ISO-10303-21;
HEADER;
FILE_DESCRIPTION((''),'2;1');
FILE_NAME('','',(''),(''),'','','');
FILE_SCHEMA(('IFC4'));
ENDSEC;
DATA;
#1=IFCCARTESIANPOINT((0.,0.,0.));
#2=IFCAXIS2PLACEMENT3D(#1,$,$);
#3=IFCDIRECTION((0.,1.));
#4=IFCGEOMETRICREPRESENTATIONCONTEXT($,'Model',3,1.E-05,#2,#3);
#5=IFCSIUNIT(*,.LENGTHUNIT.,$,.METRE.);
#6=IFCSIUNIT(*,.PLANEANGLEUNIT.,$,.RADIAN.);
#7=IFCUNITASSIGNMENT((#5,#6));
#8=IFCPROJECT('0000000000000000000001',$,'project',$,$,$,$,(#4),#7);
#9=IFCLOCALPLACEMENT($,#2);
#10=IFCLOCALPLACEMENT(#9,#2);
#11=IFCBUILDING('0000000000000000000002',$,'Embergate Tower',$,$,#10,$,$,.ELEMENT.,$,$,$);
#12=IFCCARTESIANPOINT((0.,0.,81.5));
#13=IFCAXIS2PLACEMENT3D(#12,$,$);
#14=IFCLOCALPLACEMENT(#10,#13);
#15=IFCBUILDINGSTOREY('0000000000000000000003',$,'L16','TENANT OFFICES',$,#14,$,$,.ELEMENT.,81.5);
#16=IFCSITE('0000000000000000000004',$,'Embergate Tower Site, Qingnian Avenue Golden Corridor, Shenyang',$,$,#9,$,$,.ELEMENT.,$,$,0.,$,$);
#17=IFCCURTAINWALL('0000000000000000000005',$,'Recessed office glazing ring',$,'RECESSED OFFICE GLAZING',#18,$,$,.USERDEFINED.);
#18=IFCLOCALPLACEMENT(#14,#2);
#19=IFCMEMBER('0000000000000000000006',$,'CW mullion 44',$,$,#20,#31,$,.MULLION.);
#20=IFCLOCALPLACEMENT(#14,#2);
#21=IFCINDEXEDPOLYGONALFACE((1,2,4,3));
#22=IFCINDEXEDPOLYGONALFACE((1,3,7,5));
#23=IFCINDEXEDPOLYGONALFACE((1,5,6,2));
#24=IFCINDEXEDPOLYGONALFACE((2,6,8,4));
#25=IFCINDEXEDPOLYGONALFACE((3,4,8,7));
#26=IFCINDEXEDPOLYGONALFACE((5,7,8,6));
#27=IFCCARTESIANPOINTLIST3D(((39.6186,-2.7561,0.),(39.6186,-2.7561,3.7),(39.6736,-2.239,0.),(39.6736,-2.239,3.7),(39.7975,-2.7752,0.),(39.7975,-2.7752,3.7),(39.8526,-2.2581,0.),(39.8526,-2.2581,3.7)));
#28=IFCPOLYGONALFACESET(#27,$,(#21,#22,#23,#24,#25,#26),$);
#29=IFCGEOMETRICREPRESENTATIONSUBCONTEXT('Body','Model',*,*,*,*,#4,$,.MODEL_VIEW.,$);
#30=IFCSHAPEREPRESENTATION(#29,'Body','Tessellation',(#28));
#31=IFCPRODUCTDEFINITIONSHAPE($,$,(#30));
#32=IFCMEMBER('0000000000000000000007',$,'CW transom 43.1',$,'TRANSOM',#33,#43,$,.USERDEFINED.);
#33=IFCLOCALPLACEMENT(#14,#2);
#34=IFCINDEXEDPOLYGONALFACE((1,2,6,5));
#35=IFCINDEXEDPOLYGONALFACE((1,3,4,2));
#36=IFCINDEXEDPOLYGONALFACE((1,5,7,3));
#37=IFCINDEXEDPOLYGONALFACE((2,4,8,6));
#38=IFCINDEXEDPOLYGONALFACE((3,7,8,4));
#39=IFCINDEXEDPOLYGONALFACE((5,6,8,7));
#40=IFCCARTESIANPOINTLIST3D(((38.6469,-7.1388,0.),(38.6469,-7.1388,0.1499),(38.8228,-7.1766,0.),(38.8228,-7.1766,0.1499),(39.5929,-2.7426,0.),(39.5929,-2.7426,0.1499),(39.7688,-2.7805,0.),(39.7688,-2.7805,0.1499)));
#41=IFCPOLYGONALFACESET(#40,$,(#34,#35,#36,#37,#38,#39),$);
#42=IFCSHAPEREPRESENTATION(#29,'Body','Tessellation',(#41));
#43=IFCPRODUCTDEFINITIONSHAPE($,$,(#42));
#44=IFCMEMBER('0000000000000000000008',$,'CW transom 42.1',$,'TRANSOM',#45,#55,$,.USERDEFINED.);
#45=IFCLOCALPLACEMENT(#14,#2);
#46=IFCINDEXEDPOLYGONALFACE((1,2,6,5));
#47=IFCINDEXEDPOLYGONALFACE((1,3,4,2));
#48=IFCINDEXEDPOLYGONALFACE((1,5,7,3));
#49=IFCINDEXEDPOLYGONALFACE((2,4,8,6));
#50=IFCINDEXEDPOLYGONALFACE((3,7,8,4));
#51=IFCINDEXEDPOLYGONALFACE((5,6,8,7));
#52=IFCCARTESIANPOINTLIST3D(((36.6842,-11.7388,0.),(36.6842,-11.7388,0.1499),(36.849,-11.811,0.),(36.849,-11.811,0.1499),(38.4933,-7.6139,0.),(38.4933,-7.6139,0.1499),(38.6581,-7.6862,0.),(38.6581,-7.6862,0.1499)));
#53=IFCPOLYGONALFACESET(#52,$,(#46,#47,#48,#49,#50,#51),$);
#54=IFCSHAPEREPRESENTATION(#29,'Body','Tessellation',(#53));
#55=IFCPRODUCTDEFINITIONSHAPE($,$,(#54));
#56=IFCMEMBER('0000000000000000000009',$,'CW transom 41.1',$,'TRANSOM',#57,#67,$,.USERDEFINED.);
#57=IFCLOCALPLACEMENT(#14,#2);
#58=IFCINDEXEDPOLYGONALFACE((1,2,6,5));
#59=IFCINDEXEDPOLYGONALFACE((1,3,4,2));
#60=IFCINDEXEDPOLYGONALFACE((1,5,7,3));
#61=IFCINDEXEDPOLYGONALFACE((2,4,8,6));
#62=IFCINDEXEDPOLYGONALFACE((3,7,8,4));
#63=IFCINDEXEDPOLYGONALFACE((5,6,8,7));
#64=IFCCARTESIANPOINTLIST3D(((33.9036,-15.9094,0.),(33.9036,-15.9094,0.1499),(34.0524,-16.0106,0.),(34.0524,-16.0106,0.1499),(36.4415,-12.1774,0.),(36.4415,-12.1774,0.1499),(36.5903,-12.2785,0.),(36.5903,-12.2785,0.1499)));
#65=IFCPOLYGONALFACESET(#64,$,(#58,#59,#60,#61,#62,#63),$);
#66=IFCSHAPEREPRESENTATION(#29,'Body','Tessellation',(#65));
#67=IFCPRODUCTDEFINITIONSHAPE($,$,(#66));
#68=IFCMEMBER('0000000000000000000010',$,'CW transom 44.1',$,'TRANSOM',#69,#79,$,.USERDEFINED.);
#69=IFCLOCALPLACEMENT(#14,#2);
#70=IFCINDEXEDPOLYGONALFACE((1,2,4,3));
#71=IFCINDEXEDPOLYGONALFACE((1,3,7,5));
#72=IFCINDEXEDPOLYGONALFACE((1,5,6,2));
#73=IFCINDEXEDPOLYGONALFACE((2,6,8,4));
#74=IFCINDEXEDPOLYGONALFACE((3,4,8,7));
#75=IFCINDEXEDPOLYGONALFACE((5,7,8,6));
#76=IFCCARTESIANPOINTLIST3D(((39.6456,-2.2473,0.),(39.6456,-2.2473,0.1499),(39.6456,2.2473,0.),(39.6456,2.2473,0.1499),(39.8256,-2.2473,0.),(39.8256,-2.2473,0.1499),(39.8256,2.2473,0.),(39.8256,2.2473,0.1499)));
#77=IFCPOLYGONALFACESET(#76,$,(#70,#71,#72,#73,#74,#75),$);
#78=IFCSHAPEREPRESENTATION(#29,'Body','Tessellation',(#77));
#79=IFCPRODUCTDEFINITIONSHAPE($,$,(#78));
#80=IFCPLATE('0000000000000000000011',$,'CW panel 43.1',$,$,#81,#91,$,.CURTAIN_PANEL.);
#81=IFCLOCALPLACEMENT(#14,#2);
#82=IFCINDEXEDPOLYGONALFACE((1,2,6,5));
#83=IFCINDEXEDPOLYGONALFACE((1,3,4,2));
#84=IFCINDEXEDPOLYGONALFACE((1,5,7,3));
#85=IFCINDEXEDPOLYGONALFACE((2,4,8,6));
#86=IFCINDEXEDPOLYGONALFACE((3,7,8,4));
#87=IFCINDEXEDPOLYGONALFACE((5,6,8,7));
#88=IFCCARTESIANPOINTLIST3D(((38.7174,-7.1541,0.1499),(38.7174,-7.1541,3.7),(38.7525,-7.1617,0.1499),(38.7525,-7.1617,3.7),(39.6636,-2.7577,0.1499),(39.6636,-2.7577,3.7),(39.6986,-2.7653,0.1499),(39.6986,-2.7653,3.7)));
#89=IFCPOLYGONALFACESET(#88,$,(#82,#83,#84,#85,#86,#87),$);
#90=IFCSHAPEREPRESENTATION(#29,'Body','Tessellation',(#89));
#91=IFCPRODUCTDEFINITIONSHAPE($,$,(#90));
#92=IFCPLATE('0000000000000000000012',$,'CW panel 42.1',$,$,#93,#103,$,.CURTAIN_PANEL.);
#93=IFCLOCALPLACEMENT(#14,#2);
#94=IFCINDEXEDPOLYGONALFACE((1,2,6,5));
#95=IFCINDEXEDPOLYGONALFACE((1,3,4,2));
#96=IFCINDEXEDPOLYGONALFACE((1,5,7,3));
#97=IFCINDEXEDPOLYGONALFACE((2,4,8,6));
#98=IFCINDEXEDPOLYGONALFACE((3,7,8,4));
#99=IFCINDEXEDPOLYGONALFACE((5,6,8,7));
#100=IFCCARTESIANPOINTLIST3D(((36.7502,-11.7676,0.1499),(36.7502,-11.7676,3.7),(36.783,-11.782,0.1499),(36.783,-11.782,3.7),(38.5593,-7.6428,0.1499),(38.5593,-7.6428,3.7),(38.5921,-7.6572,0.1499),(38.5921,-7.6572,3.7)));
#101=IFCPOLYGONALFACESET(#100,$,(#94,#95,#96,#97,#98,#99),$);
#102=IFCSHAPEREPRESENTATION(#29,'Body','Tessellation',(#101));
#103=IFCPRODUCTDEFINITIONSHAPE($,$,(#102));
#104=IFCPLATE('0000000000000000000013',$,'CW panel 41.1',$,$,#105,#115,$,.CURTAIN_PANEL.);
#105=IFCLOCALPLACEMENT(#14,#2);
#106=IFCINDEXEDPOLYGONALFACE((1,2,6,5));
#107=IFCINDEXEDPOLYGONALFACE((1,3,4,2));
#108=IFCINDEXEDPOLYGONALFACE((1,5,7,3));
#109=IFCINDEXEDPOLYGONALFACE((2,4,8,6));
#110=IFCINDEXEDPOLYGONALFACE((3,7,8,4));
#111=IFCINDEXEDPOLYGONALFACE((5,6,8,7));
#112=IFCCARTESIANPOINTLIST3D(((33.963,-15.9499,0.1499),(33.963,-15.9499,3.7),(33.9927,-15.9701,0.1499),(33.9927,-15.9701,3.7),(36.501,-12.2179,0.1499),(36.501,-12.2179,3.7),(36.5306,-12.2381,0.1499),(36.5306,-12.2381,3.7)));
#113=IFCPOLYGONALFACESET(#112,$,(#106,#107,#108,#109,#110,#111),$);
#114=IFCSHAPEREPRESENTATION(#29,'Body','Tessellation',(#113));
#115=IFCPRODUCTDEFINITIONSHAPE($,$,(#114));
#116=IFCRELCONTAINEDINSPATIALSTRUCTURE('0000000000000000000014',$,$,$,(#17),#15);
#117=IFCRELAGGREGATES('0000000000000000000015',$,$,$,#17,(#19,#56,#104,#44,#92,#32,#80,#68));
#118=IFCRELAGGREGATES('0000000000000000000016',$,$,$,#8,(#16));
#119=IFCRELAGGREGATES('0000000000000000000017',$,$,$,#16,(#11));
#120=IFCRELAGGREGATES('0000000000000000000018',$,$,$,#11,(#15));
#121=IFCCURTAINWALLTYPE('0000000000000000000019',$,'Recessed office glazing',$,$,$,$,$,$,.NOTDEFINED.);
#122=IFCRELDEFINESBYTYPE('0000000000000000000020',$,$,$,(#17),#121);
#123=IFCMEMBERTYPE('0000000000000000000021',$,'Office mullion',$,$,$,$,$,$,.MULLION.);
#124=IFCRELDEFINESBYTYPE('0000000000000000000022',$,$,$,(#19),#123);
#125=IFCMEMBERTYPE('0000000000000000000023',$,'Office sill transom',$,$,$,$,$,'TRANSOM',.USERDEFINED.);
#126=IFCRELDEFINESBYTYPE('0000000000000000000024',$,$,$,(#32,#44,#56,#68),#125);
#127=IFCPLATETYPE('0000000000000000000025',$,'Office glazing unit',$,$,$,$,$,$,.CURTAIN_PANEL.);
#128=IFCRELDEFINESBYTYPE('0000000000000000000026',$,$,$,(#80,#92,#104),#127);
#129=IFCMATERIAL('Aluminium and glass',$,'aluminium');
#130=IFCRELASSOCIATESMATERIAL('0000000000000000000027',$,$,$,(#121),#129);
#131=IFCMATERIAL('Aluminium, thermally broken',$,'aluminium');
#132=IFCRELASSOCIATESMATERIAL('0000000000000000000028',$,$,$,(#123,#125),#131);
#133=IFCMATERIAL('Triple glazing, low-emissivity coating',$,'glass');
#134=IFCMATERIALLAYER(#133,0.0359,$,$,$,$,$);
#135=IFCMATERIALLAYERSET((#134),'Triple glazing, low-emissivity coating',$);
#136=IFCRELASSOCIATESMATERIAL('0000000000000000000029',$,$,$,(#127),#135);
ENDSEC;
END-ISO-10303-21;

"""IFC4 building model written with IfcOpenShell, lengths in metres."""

from ifc_helpers import new_model, si_unit, direction, frame, origin, origin_2d, place, context, subcontext, project, spatial, rectangle, extrude, source, transform, mapped, material, layer, layer_set, material_profile, profile_set, type_object, element, aggregate, save


model = new_model("IFC4")

# Units and contexts
model_context = context("Model", 3, precision=1e-05, world=origin(), true_north=direction((0.0, 1.0)))
body_context = subcontext(model_context, "Body", "Model", "MODEL_VIEW")
ifc_project = project(units=[si_unit("LENGTHUNIT", "METRE"), si_unit("PLANEANGLEUNIT", "RADIAN")], contexts=[model_context])

# Site, building, storey
site_placement = place(None, origin())
site = spatial("IfcSite", under=ifc_project, at=site_placement, Name="Embergate Tower Site, Qingnian Avenue Golden Corridor, Shenyang", CompositionType="ELEMENT", RefElevation=0.0)
building_placement = place(site_placement, origin())
building = spatial("IfcBuilding", under=site, at=building_placement, Name="Embergate Tower", CompositionType="ELEMENT")
storey_placement = place(building_placement, frame((0.0, 0.0, 81.5)))
storey = spatial("IfcBuildingStorey", under=building, at=storey_placement, Name="L16", Description="TENANT OFFICES", CompositionType="ELEMENT", Elevation=81.5)

# Curtain wall, members, plates
ifc_material_1 = material(Name="Aluminium and glass", Category="aluminium")
curtain_wall_type = type_object("IfcCurtainWallType", Name="Recessed office glazing", PredefinedType="NOTDEFINED", material=ifc_material_1)
curtain_wall_placement = place(storey_placement, origin())
curtain_wall = element("IfcCurtainWall", 1, at=curtain_wall_placement, inside=storey, type_object=curtain_wall_type, Name="Recessed office glazing ring", ObjectType="RECESSED OFFICE GLAZING", PredefinedType="USERDEFINED")
ifc_material_2 = material(Name="Aluminium, thermally broken", Category="aluminium")
ifc_material_profile_1 = material_profile(ifc_material_2, rectangle(XDim=0.1799, YDim=0.52, at=origin_2d()), Name="AL 520x180")
ifc_profile_set_1 = profile_set([ifc_material_profile_1], Name="Aluminium, thermally broken")
member_type_1 = type_object("IfcMemberType", Name="Office mullion", PredefinedType="MULLION", material=ifc_profile_set_1)
shared_shape_1 = source(origin(), body_context, "Body", "SweptSolid", [
    extrude(rectangle(XDim=0.1799, YDim=0.52, at=origin_2d()), origin(), (0.0, 0.0, 1.0), 3.7),
])
member_1_placement = place(storey_placement, frame((39.7356, -2.5071, 0.0), z_axis=(0.0, 0.0, 1.0), x_axis=(-0.994385, 0.105822, 0.0)))
member_1 = element("IfcMember", 2, at=member_1_placement, type_object=member_type_1, Name="CW mullion 44", PredefinedType="MULLION", context=body_context, shape_type="MappedRepresentation", body=[
    mapped(shared_shape_1, transform((0.0, 0.0, 0.0))),
])
ifc_material_profile_2 = material_profile(ifc_material_2, rectangle(XDim=0.1799, YDim=0.1499, at=origin_2d()), Name="AL 150x180")
ifc_profile_set_2 = profile_set([ifc_material_profile_2], Name="Aluminium, thermally broken")
member_type_2 = type_object("IfcMemberType", Name="Office sill transom", ElementType="TRANSOM", PredefinedType="USERDEFINED", material=ifc_profile_set_2)
shared_shape_2 = source(origin(), body_context, "Body", "SweptSolid", [
    extrude(rectangle(XDim=0.1799, YDim=0.1499, at=origin_2d()), origin(), (0.0, 0.0, 1.0), 4.4968),
])
member_2_placement = place(storey_placement, frame((38.7349, -7.1577, 0.075), z_axis=(0.210378, 0.97762, 0.0), x_axis=(-0.97762, 0.210378, 0.0)))
member_2 = element("IfcMember", 3, at=member_2_placement, type_object=member_type_2, Name="CW transom 43.1", ObjectType="TRANSOM", PredefinedType="USERDEFINED", context=body_context, shape_type="MappedRepresentation", body=[
    mapped(shared_shape_2, transform((0.0, 0.0, 0.0))),
])
shared_shape_3 = source(origin(), body_context, "Body", "SweptSolid", [
    extrude(rectangle(XDim=0.1799, YDim=0.1499, at=origin_2d()), origin(), (0.0, 0.0, 1.0), 4.5042),
])
member_3_placement = place(storey_placement, frame((36.7666, -11.7749, 0.075), z_axis=(0.401658, 0.91579, 0.0), x_axis=(-0.91579, 0.401658, 0.0)))
member_3 = element("IfcMember", 4, at=member_3_placement, type_object=member_type_2, Name="CW transom 42.1", ObjectType="TRANSOM", PredefinedType="USERDEFINED", context=body_context, shape_type="MappedRepresentation", body=[
    mapped(shared_shape_3, transform((0.0, 0.0, 0.0))),
])
shared_shape_4 = source(origin(), body_context, "Body", "SweptSolid", [
    extrude(rectangle(XDim=0.1799, YDim=0.1499, at=origin_2d()), origin(), (0.0, 0.0, 1.0), 4.5132),
])
member_4_placement = place(storey_placement, frame((33.978, -15.96, 0.075), z_axis=(0.562329, 0.826913, 0.0), x_axis=(-0.826913, 0.562329, 0.0)))
member_4 = element("IfcMember", 5, at=member_4_placement, type_object=member_type_2, Name="CW transom 41.1", ObjectType="TRANSOM", PredefinedType="USERDEFINED", context=body_context, shape_type="MappedRepresentation", body=[
    mapped(shared_shape_4, transform((0.0, 0.0, 0.0))),
])
shared_shape_5 = source(origin(), body_context, "Body", "SweptSolid", [
    extrude(rectangle(XDim=0.1799, YDim=0.1499, at=origin_2d()), origin(), (0.0, 0.0, 1.0), 4.4946),
])
member_5_placement = place(storey_placement, frame((39.7356, -2.2473, 0.075), z_axis=(0.0, 1.0, 0.0), x_axis=(-1.0, 0.0, 0.0)))
member_5 = element("IfcMember", 6, at=member_5_placement, type_object=member_type_2, Name="CW transom 44.1", ObjectType="TRANSOM", PredefinedType="USERDEFINED", context=body_context, shape_type="MappedRepresentation", body=[
    mapped(shared_shape_5, transform((0.0, 0.0, 0.0))),
])
ifc_material_3 = material(Name="Triple glazing, low-emissivity coating", Category="glass")
ifc_layer_1 = layer(ifc_material_3, 0.0359)
ifc_layer_set_1 = layer_set([ifc_layer_1], Name="Triple glazing, low-emissivity coating")
plate_type = type_object("IfcPlateType", Name="Office glazing unit", PredefinedType="CURTAIN_PANEL", material=ifc_layer_set_1)
shared_shape_6 = source(origin(), body_context, "Body", "SweptSolid", [
    extrude(rectangle(XDim=4.4971, YDim=0.0359, at=origin_2d()), origin(), (0.0, 0.0, 1.0), 3.55),
])
plate_1_placement = place(storey_placement, frame((39.208, -4.9597, 0.1499), z_axis=(0.0, 0.0, 1.0), x_axis=(0.210398, 0.977616, 0.0)))
plate_1 = element("IfcPlate", 7, at=plate_1_placement, type_object=plate_type, Name="CW panel 43.1", PredefinedType="CURTAIN_PANEL", context=body_context, shape_type="MappedRepresentation", body=[
    mapped(shared_shape_6, transform((0.0, 0.0, 0.0))),
])
shared_shape_7 = source(origin(), body_context, "Body", "SweptSolid", [
    extrude(rectangle(XDim=4.5042, YDim=0.0359, at=origin_2d()), origin(), (0.0, 0.0, 1.0), 3.55),
])
plate_2_placement = place(storey_placement, frame((37.6711, -9.7124, 0.1499), z_axis=(0.0, 0.0, 1.0), x_axis=(0.401652, 0.915792, 0.0)))
plate_2 = element("IfcPlate", 8, at=plate_2_placement, type_object=plate_type, Name="CW panel 42.1", PredefinedType="CURTAIN_PANEL", context=body_context, shape_type="MappedRepresentation", body=[
    mapped(shared_shape_7, transform((0.0, 0.0, 0.0))),
])
shared_shape_8 = source(origin(), body_context, "Body", "SweptSolid", [
    extrude(rectangle(XDim=4.5132, YDim=0.0359, at=origin_2d()), origin(), (0.0, 0.0, 1.0), 3.55),
])
plate_3_placement = place(storey_placement, frame((35.2468, -14.094, 0.1499), z_axis=(0.0, 0.0, 1.0), x_axis=(0.562343, 0.826904, 0.0)))
plate_3 = element("IfcPlate", 9, at=plate_3_placement, type_object=plate_type, Name="CW panel 41.1", PredefinedType="CURTAIN_PANEL", context=body_context, shape_type="MappedRepresentation", body=[
    mapped(shared_shape_8, transform((0.0, 0.0, 0.0))),
])
aggregate(curtain_wall, [member_1, member_4, plate_3, member_3, plate_2, member_2, plate_1, member_5])

save(model, "model.ifc")
